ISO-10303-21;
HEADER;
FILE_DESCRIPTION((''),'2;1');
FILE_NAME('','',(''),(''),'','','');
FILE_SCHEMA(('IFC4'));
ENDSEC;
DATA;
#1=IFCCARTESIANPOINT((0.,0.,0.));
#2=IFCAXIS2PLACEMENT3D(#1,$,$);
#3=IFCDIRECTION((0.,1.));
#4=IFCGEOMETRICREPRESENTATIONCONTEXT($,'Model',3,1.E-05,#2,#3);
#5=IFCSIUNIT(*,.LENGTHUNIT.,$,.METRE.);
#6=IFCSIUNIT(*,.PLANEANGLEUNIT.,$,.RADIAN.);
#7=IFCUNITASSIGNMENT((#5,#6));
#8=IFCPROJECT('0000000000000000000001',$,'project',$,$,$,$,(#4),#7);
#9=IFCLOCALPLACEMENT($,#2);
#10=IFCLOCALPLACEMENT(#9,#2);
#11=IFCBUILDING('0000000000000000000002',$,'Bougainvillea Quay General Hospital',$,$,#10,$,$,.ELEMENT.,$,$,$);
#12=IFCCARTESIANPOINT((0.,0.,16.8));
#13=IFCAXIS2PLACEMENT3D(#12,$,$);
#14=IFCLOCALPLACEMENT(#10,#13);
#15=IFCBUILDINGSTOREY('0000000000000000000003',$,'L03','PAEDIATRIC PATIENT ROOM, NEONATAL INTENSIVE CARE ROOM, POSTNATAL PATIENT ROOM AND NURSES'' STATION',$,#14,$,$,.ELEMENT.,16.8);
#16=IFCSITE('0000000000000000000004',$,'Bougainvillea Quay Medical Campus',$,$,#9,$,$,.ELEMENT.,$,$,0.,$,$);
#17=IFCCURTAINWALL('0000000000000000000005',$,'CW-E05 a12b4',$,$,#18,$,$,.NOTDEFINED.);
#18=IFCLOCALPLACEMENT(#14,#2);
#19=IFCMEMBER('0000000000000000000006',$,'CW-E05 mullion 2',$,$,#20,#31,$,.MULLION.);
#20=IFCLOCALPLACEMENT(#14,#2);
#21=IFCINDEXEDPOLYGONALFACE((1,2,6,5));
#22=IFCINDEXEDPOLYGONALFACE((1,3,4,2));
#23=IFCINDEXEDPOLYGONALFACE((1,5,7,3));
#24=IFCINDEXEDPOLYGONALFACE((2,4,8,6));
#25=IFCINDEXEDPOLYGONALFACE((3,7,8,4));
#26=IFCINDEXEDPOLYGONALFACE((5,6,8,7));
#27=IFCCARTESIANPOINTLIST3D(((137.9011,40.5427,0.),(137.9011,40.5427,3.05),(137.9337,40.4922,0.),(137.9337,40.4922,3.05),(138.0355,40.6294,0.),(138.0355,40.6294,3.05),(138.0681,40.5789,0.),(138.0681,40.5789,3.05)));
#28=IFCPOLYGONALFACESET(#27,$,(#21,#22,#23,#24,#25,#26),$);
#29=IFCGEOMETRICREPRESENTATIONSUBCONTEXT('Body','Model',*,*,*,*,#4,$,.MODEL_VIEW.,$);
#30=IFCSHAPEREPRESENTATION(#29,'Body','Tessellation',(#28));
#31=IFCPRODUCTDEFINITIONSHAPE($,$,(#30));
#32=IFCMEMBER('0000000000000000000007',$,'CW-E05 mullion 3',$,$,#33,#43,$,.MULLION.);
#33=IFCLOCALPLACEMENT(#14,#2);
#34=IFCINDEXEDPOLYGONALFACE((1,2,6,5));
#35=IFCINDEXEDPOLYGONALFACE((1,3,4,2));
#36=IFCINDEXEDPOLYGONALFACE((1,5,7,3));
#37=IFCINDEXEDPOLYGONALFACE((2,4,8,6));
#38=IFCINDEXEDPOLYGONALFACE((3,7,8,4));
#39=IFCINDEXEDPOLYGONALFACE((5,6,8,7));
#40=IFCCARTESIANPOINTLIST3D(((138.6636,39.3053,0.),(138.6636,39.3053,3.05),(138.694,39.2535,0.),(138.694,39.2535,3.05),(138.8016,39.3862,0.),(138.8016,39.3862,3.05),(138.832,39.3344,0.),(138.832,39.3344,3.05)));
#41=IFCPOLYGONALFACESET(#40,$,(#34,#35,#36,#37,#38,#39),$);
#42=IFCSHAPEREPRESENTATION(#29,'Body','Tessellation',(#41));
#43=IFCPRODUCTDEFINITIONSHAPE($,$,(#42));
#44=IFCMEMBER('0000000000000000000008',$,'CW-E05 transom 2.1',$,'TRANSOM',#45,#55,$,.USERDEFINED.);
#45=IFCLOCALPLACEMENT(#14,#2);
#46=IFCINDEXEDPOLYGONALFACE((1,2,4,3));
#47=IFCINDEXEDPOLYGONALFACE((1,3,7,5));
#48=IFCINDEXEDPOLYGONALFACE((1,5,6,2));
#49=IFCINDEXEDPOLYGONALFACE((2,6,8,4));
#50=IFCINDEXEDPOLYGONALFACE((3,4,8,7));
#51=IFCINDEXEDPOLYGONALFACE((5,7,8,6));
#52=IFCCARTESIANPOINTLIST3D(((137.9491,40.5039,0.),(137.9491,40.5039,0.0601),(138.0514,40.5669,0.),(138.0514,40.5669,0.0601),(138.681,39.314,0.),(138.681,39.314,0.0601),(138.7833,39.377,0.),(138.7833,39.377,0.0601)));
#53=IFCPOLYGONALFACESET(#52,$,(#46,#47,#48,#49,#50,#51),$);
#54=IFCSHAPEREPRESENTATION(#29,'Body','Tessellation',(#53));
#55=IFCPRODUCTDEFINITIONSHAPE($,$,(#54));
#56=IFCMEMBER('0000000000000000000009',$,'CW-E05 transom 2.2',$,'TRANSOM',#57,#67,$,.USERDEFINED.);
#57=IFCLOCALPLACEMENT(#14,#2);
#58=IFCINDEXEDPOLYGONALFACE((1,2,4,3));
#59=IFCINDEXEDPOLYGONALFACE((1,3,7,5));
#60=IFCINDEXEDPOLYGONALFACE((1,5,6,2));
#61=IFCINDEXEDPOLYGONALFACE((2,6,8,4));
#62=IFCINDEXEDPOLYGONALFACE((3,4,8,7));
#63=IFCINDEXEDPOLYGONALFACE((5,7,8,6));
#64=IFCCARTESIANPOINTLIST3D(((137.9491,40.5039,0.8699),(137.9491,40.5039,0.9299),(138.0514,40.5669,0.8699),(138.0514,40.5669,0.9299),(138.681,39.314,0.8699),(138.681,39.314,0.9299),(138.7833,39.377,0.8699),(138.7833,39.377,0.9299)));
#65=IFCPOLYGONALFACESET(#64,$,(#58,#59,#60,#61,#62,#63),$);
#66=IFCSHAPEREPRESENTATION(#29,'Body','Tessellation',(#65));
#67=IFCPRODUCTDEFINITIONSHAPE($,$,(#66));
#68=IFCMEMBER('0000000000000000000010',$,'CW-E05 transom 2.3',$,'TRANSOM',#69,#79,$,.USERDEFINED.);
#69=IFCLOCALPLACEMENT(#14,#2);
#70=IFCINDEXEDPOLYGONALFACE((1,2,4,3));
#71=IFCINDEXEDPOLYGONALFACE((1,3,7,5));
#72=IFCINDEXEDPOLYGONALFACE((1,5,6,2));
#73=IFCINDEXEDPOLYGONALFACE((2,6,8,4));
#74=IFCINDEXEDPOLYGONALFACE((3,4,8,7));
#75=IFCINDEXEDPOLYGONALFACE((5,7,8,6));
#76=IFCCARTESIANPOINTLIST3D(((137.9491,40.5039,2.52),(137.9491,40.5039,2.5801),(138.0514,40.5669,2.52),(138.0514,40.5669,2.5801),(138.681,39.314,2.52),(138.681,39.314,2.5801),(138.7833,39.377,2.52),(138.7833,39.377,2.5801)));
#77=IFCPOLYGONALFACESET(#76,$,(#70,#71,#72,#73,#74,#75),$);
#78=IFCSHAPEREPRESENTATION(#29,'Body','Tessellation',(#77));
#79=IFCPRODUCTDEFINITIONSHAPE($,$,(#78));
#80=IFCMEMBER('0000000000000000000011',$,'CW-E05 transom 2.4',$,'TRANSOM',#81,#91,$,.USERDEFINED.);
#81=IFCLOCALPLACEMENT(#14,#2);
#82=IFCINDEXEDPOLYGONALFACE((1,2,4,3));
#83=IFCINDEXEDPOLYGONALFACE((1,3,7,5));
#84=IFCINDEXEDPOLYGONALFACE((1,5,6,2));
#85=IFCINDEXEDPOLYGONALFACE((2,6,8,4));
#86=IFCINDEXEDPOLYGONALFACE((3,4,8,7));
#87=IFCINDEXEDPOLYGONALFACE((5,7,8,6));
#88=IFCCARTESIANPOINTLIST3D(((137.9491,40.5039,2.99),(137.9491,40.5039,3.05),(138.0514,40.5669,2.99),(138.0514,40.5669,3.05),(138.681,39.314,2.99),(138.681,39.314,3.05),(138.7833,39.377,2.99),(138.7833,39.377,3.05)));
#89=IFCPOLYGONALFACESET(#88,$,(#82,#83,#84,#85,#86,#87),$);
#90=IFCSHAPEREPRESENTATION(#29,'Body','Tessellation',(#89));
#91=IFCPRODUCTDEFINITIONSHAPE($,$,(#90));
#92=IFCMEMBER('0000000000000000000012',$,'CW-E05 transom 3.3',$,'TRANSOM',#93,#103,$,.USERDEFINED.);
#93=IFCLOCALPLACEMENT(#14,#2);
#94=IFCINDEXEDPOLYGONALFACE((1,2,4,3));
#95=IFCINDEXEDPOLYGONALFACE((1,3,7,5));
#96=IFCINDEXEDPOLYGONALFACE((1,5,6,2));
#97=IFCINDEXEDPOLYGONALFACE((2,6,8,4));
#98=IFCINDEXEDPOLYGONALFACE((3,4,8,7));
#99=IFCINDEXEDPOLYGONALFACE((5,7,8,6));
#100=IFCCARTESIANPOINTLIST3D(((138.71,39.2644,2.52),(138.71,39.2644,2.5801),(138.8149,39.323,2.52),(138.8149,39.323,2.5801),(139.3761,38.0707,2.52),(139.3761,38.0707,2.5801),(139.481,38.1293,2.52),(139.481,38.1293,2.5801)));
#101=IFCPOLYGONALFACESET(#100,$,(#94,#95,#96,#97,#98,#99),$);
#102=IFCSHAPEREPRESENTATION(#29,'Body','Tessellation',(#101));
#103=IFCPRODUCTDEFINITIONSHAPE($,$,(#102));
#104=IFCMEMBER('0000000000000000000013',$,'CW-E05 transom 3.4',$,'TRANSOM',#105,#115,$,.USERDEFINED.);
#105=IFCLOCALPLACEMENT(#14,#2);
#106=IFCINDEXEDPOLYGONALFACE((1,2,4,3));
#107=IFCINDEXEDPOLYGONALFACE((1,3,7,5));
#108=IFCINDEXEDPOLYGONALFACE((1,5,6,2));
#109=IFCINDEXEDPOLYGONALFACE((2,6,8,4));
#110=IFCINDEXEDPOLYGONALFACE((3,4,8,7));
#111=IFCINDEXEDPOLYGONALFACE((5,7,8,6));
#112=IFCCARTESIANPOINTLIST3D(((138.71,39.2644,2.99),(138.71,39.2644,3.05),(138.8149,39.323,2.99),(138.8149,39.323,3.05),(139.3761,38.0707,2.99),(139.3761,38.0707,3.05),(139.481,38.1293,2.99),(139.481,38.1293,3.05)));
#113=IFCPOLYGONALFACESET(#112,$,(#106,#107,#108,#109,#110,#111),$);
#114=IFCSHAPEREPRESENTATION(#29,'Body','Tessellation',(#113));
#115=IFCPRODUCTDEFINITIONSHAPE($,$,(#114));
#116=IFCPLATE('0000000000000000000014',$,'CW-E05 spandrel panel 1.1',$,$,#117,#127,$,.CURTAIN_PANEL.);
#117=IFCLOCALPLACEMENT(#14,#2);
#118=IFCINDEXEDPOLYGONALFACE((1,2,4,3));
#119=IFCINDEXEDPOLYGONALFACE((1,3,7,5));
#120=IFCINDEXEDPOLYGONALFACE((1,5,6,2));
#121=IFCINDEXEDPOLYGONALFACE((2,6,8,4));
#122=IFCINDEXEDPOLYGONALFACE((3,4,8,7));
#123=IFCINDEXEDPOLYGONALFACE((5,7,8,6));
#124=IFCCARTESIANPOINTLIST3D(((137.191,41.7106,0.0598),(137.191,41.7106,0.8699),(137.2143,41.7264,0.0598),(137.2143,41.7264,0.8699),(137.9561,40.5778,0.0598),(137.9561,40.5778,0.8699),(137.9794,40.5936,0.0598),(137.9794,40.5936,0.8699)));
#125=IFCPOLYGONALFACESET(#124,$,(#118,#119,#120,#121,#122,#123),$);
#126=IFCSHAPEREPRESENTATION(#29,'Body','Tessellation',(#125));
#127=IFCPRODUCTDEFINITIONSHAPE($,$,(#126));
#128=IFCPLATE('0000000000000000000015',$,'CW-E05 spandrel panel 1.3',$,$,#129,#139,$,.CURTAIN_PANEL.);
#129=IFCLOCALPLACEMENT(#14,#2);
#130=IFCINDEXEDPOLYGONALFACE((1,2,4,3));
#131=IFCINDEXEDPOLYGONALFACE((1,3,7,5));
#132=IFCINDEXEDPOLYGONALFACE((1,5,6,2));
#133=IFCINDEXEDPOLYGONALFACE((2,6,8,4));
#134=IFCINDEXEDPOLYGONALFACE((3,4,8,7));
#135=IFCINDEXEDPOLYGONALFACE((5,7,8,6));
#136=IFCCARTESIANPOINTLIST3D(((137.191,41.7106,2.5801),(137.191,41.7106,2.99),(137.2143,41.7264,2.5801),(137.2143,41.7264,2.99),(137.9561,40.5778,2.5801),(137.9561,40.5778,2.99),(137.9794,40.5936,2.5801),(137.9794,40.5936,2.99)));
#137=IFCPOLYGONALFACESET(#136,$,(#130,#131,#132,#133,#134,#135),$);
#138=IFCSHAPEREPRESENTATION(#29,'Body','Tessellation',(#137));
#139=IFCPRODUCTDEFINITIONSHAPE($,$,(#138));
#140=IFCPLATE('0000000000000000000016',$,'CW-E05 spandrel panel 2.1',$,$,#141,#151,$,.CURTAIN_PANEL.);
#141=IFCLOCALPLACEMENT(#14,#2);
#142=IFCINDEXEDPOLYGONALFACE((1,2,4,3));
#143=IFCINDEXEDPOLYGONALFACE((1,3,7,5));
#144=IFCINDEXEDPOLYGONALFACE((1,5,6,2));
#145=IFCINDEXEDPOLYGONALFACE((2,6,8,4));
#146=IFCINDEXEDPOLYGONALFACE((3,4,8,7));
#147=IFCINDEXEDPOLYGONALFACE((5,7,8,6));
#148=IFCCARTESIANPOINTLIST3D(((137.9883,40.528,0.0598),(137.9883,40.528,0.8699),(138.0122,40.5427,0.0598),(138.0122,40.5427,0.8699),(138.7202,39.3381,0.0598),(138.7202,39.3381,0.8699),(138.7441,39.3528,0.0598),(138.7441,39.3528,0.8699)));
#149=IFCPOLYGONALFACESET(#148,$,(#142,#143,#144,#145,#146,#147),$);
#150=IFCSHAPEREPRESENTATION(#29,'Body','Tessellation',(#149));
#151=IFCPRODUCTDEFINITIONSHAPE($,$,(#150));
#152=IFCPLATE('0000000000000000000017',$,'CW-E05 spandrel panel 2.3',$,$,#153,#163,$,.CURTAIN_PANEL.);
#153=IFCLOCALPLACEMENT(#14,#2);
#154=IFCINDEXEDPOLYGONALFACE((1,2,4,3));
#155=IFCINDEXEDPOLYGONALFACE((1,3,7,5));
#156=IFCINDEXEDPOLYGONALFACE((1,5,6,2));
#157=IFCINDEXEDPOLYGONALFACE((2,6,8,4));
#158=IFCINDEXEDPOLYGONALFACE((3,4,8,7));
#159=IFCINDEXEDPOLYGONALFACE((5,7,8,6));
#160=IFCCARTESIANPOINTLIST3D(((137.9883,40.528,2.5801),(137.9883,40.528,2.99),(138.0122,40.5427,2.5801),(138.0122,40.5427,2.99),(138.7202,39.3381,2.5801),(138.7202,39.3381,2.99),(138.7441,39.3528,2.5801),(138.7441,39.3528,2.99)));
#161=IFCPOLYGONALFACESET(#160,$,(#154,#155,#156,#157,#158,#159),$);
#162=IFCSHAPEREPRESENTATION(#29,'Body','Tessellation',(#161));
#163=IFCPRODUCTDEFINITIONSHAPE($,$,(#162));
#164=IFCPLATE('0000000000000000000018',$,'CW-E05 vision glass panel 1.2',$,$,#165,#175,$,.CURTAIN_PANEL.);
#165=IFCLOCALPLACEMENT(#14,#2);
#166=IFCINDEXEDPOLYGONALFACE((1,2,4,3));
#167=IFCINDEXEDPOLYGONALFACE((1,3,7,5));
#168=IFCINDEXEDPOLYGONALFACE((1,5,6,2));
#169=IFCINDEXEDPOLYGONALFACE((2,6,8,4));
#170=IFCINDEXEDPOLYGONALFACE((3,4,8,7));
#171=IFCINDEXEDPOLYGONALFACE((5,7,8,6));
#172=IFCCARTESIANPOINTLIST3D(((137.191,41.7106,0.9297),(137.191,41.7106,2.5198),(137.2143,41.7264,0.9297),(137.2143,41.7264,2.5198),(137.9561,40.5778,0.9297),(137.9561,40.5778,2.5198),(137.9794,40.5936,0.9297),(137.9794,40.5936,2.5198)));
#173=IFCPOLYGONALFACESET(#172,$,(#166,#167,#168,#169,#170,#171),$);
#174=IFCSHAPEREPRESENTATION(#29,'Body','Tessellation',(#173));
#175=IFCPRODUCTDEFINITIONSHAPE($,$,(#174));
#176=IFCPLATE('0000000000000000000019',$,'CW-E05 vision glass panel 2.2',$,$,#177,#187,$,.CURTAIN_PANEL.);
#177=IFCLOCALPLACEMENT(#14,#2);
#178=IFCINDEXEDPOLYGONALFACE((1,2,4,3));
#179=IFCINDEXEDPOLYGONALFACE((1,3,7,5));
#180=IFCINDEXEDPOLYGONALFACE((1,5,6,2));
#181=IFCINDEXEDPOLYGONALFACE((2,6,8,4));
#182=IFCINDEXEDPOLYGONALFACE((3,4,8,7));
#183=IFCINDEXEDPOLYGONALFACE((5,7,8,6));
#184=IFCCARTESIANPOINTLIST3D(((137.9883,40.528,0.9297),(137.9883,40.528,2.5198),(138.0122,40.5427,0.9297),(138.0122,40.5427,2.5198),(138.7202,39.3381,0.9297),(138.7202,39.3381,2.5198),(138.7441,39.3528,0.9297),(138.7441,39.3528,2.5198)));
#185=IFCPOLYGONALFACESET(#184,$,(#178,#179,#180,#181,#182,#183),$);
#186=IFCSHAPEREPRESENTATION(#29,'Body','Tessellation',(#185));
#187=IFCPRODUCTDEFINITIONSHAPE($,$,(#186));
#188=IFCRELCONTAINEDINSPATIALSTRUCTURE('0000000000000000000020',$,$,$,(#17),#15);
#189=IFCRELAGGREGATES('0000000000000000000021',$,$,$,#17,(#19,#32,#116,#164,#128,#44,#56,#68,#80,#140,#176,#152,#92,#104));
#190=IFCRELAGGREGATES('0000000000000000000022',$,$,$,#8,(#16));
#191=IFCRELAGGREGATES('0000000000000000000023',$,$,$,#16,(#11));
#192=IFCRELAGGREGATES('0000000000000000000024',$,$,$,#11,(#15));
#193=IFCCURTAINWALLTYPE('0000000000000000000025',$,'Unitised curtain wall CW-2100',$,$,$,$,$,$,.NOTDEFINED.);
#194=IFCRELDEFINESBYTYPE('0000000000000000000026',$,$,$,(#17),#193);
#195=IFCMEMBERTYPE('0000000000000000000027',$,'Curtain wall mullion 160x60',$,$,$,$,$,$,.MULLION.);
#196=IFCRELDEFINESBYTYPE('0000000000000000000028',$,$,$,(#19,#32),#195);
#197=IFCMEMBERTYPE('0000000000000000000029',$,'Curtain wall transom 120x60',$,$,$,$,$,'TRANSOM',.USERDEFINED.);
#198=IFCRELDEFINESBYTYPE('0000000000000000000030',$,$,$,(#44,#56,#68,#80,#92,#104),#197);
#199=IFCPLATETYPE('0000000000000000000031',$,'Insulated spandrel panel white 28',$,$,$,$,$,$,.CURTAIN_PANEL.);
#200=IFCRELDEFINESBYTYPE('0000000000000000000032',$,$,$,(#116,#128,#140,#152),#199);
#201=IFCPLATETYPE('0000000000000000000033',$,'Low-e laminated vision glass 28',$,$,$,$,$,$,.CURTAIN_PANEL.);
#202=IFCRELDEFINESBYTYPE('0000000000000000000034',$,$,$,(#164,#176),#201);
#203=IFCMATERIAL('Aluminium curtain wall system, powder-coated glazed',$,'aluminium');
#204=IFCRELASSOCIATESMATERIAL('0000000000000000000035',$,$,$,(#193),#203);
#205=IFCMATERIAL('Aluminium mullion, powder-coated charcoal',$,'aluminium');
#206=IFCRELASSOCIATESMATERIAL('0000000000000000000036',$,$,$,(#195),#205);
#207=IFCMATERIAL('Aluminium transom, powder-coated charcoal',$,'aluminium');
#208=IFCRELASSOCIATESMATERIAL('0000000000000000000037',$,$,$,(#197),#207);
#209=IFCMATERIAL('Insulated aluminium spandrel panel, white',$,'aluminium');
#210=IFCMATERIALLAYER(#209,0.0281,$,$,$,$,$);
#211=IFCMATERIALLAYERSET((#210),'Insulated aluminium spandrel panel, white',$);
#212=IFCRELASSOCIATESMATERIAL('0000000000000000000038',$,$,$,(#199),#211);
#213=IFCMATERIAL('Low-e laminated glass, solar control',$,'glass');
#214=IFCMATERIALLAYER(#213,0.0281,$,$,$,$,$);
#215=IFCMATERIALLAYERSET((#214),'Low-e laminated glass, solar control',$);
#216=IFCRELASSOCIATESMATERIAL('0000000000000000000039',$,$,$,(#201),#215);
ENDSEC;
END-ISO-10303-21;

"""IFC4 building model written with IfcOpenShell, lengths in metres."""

from ifc_helpers import new_model, si_unit, direction, frame, origin, origin_2d, place, context, subcontext, project, spatial, rectangle, extrude, material, layer, layer_set, material_profile, profile_set, type_object, element, aggregate, save


model = new_model("IFC4")

# Units and contexts
model_context = context("Model", 3, precision=1e-05, world=origin(), true_north=direction((0.0, 1.0)))
body_context = subcontext(model_context, "Body", "Model", "MODEL_VIEW")
ifc_project = project(units=[si_unit("LENGTHUNIT", "METRE"), si_unit("PLANEANGLEUNIT", "RADIAN")], contexts=[model_context])

# Site, building, storey
site_placement = place(None, origin())
site = spatial("IfcSite", under=ifc_project, at=site_placement, Name="Bougainvillea Quay Medical Campus", CompositionType="ELEMENT", RefElevation=0.0)
building_placement = place(site_placement, origin())
building = spatial("IfcBuilding", under=site, at=building_placement, Name="Bougainvillea Quay General Hospital", CompositionType="ELEMENT")
storey_placement = place(building_placement, frame((0.0, 0.0, 16.8)))
storey = spatial("IfcBuildingStorey", under=building, at=storey_placement, Name="L03", Description="PAEDIATRIC PATIENT ROOM, NEONATAL INTENSIVE CARE ROOM, POSTNATAL PATIENT ROOM AND NURSES' STATION", CompositionType="ELEMENT", Elevation=16.8)

# Curtain wall, members, plates
ifc_material_1 = material(Name="Aluminium curtain wall system, powder-coated glazed", Category="aluminium")
curtain_wall_type = type_object("IfcCurtainWallType", Name="Unitised curtain wall CW-2100", PredefinedType="NOTDEFINED", material=ifc_material_1)
curtain_wall_placement = place(storey_placement, origin())
curtain_wall = element("IfcCurtainWall", 1, at=curtain_wall_placement, inside=storey, type_object=curtain_wall_type, Name="CW-E05 a12b4", PredefinedType="NOTDEFINED")
ifc_material_2 = material(Name="Aluminium mullion, powder-coated charcoal", Category="aluminium")
ifc_material_profile_1 = material_profile(ifc_material_2, rectangle(XDim=0.1599, YDim=0.0601, at=origin_2d()))
ifc_profile_set_1 = profile_set([ifc_material_profile_1], Name="Aluminium mullion, powder-coated charcoal")
member_type_1 = type_object("IfcMemberType", Name="Curtain wall mullion 160x60", PredefinedType="MULLION", material=ifc_profile_set_1)
member_1_placement = place(storey_placement, frame((137.9846, 40.5608, 0.0), z_axis=(0.0, 0.0, 1.0), x_axis=(0.840428, 0.541923, 0.0)))
member_1 = element("IfcMember", 2, at=member_1_placement, type_object=member_type_1, Name="CW-E05 mullion 2", PredefinedType="MULLION", context=body_context, shape_type="SweptSolid", body=[
    extrude(rectangle(XDim=0.1599, YDim=0.0601, at=origin_2d()), origin(), (0.0, 0.0, 1.0), 3.05),
])
member_2_placement = place(storey_placement, frame((138.7478, 39.3198, 0.0), z_axis=(0.0, 0.0, 1.0), x_axis=(0.862714, 0.505693, 0.0)))
member_2 = element("IfcMember", 3, at=member_2_placement, type_object=member_type_1, Name="CW-E05 mullion 3", PredefinedType="MULLION", context=body_context, shape_type="SweptSolid", body=[
    extrude(rectangle(XDim=0.1599, YDim=0.0601, at=origin_2d()), origin(), (0.0, 0.0, 1.0), 3.05),
])
ifc_material_3 = material(Name="Aluminium transom, powder-coated charcoal", Category="aluminium")
ifc_material_profile_2 = material_profile(ifc_material_3, rectangle(XDim=0.1201, YDim=0.0601, at=origin_2d()))
ifc_profile_set_2 = profile_set([ifc_material_profile_2], Name="Aluminium transom, powder-coated charcoal")
member_type_2 = type_object("IfcMemberType", Name="Curtain wall transom 120x60", ElementType="TRANSOM", PredefinedType="USERDEFINED", material=ifc_profile_set_2)
member_3_placement = place(storey_placement, frame((138.0002, 40.5354, 0.03), z_axis=(0.523922, -0.851766, 0.0), x_axis=(0.851766, 0.523922, 0.0)))
member_3 = element("IfcMember", 4, at=member_3_placement, type_object=member_type_2, Name="CW-E05 transom 2.1", ObjectType="TRANSOM", PredefinedType="USERDEFINED", context=body_context, shape_type="SweptSolid", body=[
    extrude(rectangle(XDim=0.1201, YDim=0.0601, at=origin_2d()), origin(), (0.0, 0.0, 1.0), 1.397),
])
member_4_placement = place(storey_placement, frame((138.0002, 40.5354, 0.8999), z_axis=(0.523922, -0.851766, 0.0), x_axis=(0.851766, 0.523922, 0.0)))
member_4 = element("IfcMember", 5, at=member_4_placement, type_object=member_type_2, Name="CW-E05 transom 2.2", ObjectType="TRANSOM", PredefinedType="USERDEFINED", context=body_context, shape_type="SweptSolid", body=[
    extrude(rectangle(XDim=0.1201, YDim=0.0601, at=origin_2d()), origin(), (0.0, 0.0, 1.0), 1.397),
])
member_5_placement = place(storey_placement, frame((138.0002, 40.5354, 2.55), z_axis=(0.523922, -0.851766, 0.0), x_axis=(0.851766, 0.523922, 0.0)))
member_5 = element("IfcMember", 6, at=member_5_placement, type_object=member_type_2, Name="CW-E05 transom 2.3", ObjectType="TRANSOM", PredefinedType="USERDEFINED", context=body_context, shape_type="SweptSolid", body=[
    extrude(rectangle(XDim=0.1201, YDim=0.0601, at=origin_2d()), origin(), (0.0, 0.0, 1.0), 1.397),
])
member_6_placement = place(storey_placement, frame((138.0002, 40.5354, 3.02), z_axis=(0.523922, -0.851766, 0.0), x_axis=(0.851766, 0.523922, 0.0)))
member_6 = element("IfcMember", 7, at=member_6_placement, type_object=member_type_2, Name="CW-E05 transom 2.4", ObjectType="TRANSOM", PredefinedType="USERDEFINED", context=body_context, shape_type="SweptSolid", body=[
    extrude(rectangle(XDim=0.1201, YDim=0.0601, at=origin_2d()), origin(), (0.0, 0.0, 1.0), 1.397),
])
member_7_placement = place(storey_placement, frame((138.7625, 39.2937, 2.55), z_axis=(0.487265, -0.873254, 0.0), x_axis=(0.873254, 0.487265, 0.0)))
member_7 = element("IfcMember", 8, at=member_7_placement, type_object=member_type_2, Name="CW-E05 transom 3.3", ObjectType="TRANSOM", PredefinedType="USERDEFINED", context=body_context, shape_type="SweptSolid", body=[
    extrude(rectangle(XDim=0.1201, YDim=0.0601, at=origin_2d()), origin(), (0.0, 0.0, 1.0), 1.3669),
])
member_8_placement = place(storey_placement, frame((138.7625, 39.2937, 3.02), z_axis=(0.487265, -0.873254, 0.0), x_axis=(0.873254, 0.487265, 0.0)))
member_8 = element("IfcMember", 9, at=member_8_placement, type_object=member_type_2, Name="CW-E05 transom 3.4", ObjectType="TRANSOM", PredefinedType="USERDEFINED", context=body_context, shape_type="SweptSolid", body=[
    extrude(rectangle(XDim=0.1201, YDim=0.0601, at=origin_2d()), origin(), (0.0, 0.0, 1.0), 1.3669),
])
ifc_material_4 = material(Name="Insulated aluminium spandrel panel, white", Category="aluminium")
ifc_layer_1 = layer(ifc_material_4, 0.0281)
ifc_layer_set_1 = layer_set([ifc_layer_1], Name="Insulated aluminium spandrel panel, white")
plate_type_1 = type_object("IfcPlateType", Name="Insulated spandrel panel white 28", PredefinedType="CURTAIN_PANEL", material=ifc_layer_set_1)
plate_1_placement = place(storey_placement, frame((137.5852, 41.1521, 0.0598), z_axis=(0.0, 0.0, 1.0), x_axis=(0.559675, -0.828712, 0.0)))
plate_1 = element("IfcPlate", 10, at=plate_1_placement, type_object=plate_type_1, Name="CW-E05 spandrel panel 1.1", PredefinedType="CURTAIN_PANEL", context=body_context, shape_type="SweptSolid", body=[
    extrude(rectangle(XDim=1.3669, YDim=0.0281, at=origin_2d()), origin(), (0.0, 0.0, 1.0), 0.8101),
])
plate_2_placement = place(storey_placement, frame((137.5852, 41.1521, 2.5801), z_axis=(0.0, 0.0, 1.0), x_axis=(0.559675, -0.828712, 0.0)))
plate_2 = element("IfcPlate", 11, at=plate_2_placement, type_object=plate_type_1, Name="CW-E05 spandrel panel 1.3", PredefinedType="CURTAIN_PANEL", context=body_context, shape_type="SweptSolid", body=[
    extrude(rectangle(XDim=1.3669, YDim=0.0281, at=origin_2d()), origin(), (0.0, 0.0, 1.0), 0.4099),
])
plate_3_placement = place(storey_placement, frame((138.3662, 39.9404, 0.0598), z_axis=(0.0, 0.0, 1.0), x_axis=(0.523926, -0.851764, 0.0)))
plate_3 = element("IfcPlate", 12, at=plate_3_placement, type_object=plate_type_1, Name="CW-E05 spandrel panel 2.1", PredefinedType="CURTAIN_PANEL", context=body_context, shape_type="SweptSolid", body=[
    extrude(rectangle(XDim=1.397, YDim=0.0281, at=origin_2d()), origin(), (0.0, 0.0, 1.0), 0.8101),
])
plate_4_placement = place(storey_placement, frame((138.3662, 39.9404, 2.5801), z_axis=(0.0, 0.0, 1.0), x_axis=(0.523926, -0.851764, 0.0)))
plate_4 = element("IfcPlate", 13, at=plate_4_placement, type_object=plate_type_1, Name="CW-E05 spandrel panel 2.3", PredefinedType="CURTAIN_PANEL", context=body_context, shape_type="SweptSolid", body=[
    extrude(rectangle(XDim=1.397, YDim=0.0281, at=origin_2d()), origin(), (0.0, 0.0, 1.0), 0.4099),
])
ifc_material_5 = material(Name="Low-e laminated glass, solar control", Category="glass")
ifc_layer_2 = layer(ifc_material_5, 0.0281)
ifc_layer_set_2 = layer_set([ifc_layer_2], Name="Low-e laminated glass, solar control")
plate_type_2 = type_object("IfcPlateType", Name="Low-e laminated vision glass 28", PredefinedType="CURTAIN_PANEL", material=ifc_layer_set_2)
plate_5_placement = place(storey_placement, frame((137.5852, 41.1521, 0.9297), z_axis=(0.0, 0.0, 1.0), x_axis=(0.559675, -0.828712, 0.0)))
plate_5 = element("IfcPlate", 14, at=plate_5_placement, type_object=plate_type_2, Name="CW-E05 vision glass panel 1.2", PredefinedType="CURTAIN_PANEL", context=body_context, shape_type="SweptSolid", body=[
    extrude(rectangle(XDim=1.3669, YDim=0.0281, at=origin_2d()), origin(), (0.0, 0.0, 1.0), 1.5901),
])
plate_6_placement = place(storey_placement, frame((138.3662, 39.9404, 0.9297), z_axis=(0.0, 0.0, 1.0), x_axis=(0.523926, -0.851764, 0.0)))
plate_6 = element("IfcPlate", 15, at=plate_6_placement, type_object=plate_type_2, Name="CW-E05 vision glass panel 2.2", PredefinedType="CURTAIN_PANEL", context=body_context, shape_type="SweptSolid", body=[
    extrude(rectangle(XDim=1.397, YDim=0.0281, at=origin_2d()), origin(), (0.0, 0.0, 1.0), 1.5901),
])
aggregate(curtain_wall, [member_1, member_2, plate_1, plate_5, plate_2, member_3, member_4, member_5, member_6, plate_3, plate_6, plate_4, member_7, member_8])

save(model, "model.ifc")
